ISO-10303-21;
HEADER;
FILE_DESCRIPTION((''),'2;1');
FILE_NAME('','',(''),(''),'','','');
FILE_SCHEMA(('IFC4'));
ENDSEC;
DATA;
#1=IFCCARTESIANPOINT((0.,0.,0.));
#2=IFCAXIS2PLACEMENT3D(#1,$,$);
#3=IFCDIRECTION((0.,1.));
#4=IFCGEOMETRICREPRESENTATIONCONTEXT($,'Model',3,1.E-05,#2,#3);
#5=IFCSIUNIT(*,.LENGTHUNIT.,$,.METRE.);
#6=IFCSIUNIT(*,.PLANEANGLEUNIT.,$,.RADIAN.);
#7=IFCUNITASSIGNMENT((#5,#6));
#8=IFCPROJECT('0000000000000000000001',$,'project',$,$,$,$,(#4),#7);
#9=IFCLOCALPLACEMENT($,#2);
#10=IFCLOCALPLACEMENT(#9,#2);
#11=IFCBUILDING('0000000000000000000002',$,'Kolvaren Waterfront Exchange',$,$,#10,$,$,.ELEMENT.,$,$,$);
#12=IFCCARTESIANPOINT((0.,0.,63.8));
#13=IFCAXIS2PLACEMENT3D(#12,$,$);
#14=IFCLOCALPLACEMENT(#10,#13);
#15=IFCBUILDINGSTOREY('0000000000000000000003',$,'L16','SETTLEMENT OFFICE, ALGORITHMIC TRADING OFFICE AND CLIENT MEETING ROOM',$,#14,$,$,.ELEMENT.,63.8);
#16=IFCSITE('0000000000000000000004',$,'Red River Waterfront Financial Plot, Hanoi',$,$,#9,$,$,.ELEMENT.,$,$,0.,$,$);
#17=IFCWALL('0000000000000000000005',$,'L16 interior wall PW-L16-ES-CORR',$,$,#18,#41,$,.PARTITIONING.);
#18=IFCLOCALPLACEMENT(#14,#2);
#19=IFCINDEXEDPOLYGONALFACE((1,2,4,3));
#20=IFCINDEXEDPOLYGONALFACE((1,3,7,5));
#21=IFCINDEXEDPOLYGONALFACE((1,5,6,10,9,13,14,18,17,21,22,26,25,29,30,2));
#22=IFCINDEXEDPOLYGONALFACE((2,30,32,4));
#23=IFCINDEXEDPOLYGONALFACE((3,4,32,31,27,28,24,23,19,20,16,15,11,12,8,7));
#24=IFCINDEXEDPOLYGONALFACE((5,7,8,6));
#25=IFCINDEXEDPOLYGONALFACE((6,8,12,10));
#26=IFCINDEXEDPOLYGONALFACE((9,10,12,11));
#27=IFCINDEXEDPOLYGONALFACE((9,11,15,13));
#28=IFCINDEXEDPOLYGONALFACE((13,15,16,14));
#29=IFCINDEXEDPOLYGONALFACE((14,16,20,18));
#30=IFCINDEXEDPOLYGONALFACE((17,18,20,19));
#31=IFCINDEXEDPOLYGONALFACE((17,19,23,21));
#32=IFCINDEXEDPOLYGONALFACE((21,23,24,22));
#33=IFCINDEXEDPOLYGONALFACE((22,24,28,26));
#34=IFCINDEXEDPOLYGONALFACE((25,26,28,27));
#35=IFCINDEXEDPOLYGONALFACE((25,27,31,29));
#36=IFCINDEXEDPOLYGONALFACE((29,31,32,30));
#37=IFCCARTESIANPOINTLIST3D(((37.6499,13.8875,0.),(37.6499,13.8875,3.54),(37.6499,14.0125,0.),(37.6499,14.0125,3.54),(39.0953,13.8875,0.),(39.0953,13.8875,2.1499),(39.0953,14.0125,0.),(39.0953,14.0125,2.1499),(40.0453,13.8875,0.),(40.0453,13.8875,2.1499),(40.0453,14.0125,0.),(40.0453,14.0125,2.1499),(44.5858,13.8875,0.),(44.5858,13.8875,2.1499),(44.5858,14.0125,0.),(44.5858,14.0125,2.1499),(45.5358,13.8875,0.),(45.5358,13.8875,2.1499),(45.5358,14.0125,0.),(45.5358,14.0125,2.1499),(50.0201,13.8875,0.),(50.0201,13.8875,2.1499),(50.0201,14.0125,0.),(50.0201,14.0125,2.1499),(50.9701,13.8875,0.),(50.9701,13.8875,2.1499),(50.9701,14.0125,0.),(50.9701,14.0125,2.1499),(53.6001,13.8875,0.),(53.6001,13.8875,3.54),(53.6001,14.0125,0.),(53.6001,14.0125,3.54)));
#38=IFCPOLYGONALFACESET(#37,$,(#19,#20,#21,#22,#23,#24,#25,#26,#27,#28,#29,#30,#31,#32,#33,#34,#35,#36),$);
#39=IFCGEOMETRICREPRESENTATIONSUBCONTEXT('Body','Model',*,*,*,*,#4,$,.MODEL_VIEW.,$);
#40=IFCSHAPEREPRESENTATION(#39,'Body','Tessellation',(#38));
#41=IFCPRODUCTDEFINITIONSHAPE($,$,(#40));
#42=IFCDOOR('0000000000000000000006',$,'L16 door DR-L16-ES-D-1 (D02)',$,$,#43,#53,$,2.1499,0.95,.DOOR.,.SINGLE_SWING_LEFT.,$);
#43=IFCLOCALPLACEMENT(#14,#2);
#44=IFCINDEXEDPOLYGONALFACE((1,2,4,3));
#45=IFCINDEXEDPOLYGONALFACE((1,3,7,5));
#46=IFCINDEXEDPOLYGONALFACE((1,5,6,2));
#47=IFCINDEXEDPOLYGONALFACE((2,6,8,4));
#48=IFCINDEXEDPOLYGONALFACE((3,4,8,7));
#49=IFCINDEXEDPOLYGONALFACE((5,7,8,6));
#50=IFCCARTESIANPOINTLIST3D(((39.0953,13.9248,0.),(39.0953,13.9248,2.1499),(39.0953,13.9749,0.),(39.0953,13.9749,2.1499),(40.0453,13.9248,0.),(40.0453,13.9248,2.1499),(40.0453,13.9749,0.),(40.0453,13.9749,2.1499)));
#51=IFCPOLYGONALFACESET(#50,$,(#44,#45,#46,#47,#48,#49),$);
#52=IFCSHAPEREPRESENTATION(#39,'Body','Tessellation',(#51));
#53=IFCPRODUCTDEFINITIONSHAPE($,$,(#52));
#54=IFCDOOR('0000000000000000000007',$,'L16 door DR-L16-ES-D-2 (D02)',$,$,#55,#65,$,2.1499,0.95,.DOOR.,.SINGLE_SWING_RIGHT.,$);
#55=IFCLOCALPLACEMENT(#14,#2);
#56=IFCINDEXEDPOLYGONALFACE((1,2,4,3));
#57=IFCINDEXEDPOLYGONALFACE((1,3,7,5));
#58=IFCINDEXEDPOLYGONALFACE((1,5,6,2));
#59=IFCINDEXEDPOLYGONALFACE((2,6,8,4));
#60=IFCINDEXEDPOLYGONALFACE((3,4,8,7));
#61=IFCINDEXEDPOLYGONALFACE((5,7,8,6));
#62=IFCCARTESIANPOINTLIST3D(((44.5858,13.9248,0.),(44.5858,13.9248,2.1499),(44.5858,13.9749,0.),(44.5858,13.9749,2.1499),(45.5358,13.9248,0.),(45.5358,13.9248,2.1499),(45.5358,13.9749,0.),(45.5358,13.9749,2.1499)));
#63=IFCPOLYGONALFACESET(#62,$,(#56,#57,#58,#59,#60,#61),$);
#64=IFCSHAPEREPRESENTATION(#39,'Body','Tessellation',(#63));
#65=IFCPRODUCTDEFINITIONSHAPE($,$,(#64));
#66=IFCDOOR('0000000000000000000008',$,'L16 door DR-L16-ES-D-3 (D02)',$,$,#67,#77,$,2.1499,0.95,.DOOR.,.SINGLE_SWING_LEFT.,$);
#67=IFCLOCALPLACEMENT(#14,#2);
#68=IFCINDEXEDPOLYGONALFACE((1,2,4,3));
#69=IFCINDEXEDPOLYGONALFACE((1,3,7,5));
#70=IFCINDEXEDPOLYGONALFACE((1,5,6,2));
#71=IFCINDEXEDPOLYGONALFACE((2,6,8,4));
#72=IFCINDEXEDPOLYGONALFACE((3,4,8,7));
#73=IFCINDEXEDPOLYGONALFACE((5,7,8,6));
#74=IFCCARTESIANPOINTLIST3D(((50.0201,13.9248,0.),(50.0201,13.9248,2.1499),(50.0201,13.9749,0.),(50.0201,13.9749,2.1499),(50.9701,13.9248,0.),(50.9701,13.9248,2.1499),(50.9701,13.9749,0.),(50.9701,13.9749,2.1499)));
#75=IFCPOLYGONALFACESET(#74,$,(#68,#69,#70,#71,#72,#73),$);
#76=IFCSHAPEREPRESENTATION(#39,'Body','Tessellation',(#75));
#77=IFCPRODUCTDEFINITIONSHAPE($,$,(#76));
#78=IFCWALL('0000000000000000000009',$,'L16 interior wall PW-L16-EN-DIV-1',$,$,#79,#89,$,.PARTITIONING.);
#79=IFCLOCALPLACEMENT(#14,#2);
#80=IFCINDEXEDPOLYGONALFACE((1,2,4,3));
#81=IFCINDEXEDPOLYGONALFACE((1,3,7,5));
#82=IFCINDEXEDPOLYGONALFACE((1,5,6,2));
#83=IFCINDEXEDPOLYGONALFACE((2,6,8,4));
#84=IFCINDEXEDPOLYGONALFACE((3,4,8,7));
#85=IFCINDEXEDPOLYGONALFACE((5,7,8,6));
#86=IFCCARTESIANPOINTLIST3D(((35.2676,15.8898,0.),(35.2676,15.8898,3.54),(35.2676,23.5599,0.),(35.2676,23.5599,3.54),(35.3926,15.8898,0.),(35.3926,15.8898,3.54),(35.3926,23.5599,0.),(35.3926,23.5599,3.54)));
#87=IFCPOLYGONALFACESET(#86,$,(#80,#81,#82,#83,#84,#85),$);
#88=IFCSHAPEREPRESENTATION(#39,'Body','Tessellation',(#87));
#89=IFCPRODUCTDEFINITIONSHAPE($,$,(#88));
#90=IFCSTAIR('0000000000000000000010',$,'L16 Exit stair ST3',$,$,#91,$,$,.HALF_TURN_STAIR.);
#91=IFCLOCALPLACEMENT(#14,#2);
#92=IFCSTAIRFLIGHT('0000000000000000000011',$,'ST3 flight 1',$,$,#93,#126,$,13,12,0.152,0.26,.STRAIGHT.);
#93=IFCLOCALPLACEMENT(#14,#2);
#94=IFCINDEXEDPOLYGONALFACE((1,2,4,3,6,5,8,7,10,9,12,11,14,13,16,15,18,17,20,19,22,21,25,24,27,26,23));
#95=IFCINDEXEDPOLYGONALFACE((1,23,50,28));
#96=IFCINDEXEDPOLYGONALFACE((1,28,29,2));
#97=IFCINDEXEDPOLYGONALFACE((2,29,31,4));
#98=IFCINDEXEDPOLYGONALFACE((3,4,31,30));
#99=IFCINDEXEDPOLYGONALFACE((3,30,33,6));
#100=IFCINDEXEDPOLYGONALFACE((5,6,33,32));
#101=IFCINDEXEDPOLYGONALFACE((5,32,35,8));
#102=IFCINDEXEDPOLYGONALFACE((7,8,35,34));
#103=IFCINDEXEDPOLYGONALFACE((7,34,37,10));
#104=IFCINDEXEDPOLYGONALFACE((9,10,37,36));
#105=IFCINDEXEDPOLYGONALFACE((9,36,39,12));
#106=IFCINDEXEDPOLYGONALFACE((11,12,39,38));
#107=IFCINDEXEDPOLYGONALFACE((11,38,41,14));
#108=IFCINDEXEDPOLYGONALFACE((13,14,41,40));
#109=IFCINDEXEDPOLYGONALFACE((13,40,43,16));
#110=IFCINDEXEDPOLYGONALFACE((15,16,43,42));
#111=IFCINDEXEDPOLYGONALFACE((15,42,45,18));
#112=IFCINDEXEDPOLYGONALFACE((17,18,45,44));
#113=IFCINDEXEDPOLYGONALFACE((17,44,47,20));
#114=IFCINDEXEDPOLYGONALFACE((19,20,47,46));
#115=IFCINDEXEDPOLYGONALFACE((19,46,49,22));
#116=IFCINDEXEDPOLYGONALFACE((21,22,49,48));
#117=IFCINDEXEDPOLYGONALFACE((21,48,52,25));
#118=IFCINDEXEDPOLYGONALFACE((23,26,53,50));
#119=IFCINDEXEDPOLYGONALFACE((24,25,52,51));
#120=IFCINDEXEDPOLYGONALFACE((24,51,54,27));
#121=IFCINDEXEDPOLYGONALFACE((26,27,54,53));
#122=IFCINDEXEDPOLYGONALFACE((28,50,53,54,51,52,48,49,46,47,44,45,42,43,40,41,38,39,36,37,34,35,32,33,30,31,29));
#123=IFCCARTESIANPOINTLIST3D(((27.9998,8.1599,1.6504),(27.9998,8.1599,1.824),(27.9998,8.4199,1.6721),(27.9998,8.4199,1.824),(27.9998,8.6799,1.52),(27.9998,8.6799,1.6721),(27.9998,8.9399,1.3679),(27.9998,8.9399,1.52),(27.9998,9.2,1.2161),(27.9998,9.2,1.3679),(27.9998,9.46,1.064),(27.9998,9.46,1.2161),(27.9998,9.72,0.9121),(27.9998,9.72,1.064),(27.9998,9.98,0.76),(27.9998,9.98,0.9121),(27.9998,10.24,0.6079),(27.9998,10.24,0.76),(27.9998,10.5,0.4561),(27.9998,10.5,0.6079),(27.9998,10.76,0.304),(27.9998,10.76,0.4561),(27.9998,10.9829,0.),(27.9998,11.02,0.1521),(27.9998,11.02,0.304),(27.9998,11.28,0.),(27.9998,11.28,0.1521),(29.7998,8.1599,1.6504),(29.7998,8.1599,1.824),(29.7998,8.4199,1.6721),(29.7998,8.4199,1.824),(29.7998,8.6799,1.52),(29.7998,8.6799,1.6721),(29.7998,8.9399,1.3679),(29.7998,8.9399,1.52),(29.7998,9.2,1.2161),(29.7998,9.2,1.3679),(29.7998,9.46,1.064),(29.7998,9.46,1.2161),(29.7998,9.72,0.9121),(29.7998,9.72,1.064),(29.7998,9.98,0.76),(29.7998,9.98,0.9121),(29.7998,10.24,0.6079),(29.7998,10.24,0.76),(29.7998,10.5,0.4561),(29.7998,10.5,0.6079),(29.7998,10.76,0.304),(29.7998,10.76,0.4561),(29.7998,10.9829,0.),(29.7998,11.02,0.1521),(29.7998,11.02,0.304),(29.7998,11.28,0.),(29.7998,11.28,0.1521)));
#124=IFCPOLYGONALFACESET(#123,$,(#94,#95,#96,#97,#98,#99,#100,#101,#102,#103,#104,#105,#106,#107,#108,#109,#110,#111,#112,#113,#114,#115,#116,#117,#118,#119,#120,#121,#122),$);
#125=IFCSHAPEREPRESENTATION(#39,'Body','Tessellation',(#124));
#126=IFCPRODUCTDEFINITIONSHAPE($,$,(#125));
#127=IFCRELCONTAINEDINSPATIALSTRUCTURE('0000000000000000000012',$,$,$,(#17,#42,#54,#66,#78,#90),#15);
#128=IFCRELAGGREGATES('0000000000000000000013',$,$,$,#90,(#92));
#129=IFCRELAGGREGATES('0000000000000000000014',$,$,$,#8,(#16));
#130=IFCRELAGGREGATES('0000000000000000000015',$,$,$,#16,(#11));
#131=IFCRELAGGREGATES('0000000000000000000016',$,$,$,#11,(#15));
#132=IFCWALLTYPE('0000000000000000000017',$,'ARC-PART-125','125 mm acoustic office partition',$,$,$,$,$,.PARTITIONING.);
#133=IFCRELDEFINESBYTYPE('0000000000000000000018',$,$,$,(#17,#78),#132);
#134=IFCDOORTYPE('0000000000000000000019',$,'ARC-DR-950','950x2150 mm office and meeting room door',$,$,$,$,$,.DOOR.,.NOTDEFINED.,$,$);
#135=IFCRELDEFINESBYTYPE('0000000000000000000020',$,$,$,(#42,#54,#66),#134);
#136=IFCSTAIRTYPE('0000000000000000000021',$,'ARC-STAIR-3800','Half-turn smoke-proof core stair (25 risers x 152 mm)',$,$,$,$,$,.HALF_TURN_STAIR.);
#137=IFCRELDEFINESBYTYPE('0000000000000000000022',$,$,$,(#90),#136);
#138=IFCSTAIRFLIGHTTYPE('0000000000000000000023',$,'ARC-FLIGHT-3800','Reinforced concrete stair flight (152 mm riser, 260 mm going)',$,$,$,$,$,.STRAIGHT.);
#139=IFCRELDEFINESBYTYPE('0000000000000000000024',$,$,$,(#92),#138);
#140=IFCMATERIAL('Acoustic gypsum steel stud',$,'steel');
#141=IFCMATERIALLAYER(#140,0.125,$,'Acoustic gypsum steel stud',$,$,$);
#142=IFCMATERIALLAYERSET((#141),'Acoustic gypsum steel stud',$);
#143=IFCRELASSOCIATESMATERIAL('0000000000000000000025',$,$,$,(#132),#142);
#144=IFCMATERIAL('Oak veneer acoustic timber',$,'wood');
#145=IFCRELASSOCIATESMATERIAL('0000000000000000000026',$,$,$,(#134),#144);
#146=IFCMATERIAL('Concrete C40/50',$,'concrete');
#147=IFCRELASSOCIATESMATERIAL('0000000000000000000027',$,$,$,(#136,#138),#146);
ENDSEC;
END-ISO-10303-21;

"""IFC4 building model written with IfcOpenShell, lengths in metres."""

from ifc_helpers import new_model, si_unit, direction, frame, frame_2d, origin, place, context, subcontext, project, spatial, polyline, rectangle, outline, extrude, material, layer, layer_set, type_object, element, fill, aggregate, save


model = new_model("IFC4")

# Units and contexts
model_context = context("Model", 3, precision=1e-05, world=origin(), true_north=direction((0.0, 1.0)))
body_context = subcontext(model_context, "Body", "Model", "MODEL_VIEW")
ifc_project = project(units=[si_unit("LENGTHUNIT", "METRE"), si_unit("PLANEANGLEUNIT", "RADIAN")], contexts=[model_context])

# Site, building, storey
site_placement = place(None, origin())
site = spatial("IfcSite", under=ifc_project, at=site_placement, Name="Red River Waterfront Financial Plot, Hanoi", CompositionType="ELEMENT", RefElevation=0.0)
building_placement = place(site_placement, origin())
building = spatial("IfcBuilding", under=site, at=building_placement, Name="Kolvaren Waterfront Exchange", CompositionType="ELEMENT")
storey_placement = place(building_placement, frame((0.0, 0.0, 63.8)))
storey = spatial("IfcBuildingStorey", under=building, at=storey_placement, Name="L16", Description="SETTLEMENT OFFICE, ALGORITHMIC TRADING OFFICE AND CLIENT MEETING ROOM", CompositionType="ELEMENT", Elevation=63.8)

# Wall, openings, doors
ifc_material_1 = material(Name="Acoustic gypsum steel stud", Category="steel")
ifc_layer_1 = layer(ifc_material_1, 0.125, Name="Acoustic gypsum steel stud")
ifc_layer_set_1 = layer_set([ifc_layer_1], Name="Acoustic gypsum steel stud")
wall_type_1 = type_object("IfcWallType", Name="ARC-PART-125", Description="125 mm acoustic office partition", PredefinedType="PARTITIONING", material=ifc_layer_set_1)
wall_1_placement = place(storey_placement, frame((37.6499, 13.95, 0.0), z_axis=(0.0, 0.0, 1.0), x_axis=(1.0, 0.0, 0.0)))
wall_1 = element("IfcWall", 1, at=wall_1_placement, inside=storey, type_object=wall_type_1, Name="L16 interior wall PW-L16-ES-CORR", PredefinedType="PARTITIONING", context=body_context, shape_type="SweptSolid", body=[
    extrude(rectangle(XDim=15.9502, YDim=0.125, at=frame_2d((7.9751, 0.0))), origin(), (0.0, 0.0, 1.0), 3.54),
])
opening_1_placement = place(wall_1_placement, frame((1.4453, 0.0, 0.0)))
opening_1 = element("IfcOpeningElement", 2, at=opening_1_placement, cuts=wall_1, PredefinedType="OPENING", context=body_context, shape_type="SweptSolid", body=[
    extrude(rectangle(XDim=0.95, YDim=2.1499, at=frame_2d((0.4751, 1.075))), frame((0.0, 0.0725, 0.0), z_axis=(0.0, -1.0, 0.0), x_axis=(1.0, 0.0, 0.0)), (0.0, 0.0, 1.0), 0.145),
])
opening_2_placement = place(wall_1_placement, frame((6.9358, 0.0, 0.0)))
opening_2 = element("IfcOpeningElement", 3, at=opening_2_placement, cuts=wall_1, PredefinedType="OPENING", context=body_context, shape_type="SweptSolid", body=[
    extrude(rectangle(XDim=0.95, YDim=2.1499, at=frame_2d((0.4751, 1.075))), frame((0.0, 0.0725, 0.0), z_axis=(0.0, -1.0, 0.0), x_axis=(1.0, 0.0, 0.0)), (0.0, 0.0, 1.0), 0.145),
])
opening_3_placement = place(wall_1_placement, frame((12.3701, 0.0, 0.0)))
opening_3 = element("IfcOpeningElement", 4, at=opening_3_placement, cuts=wall_1, PredefinedType="OPENING", context=body_context, shape_type="SweptSolid", body=[
    extrude(rectangle(XDim=0.95, YDim=2.1499, at=frame_2d((0.4751, 1.075))), frame((0.0, 0.0725, 0.0), z_axis=(0.0, -1.0, 0.0), x_axis=(1.0, 0.0, 0.0)), (0.0, 0.0, 1.0), 0.145),
])
ifc_material_2 = material(Name="Oak veneer acoustic timber", Category="wood")
door_type_1 = type_object("IfcDoorType", Name="ARC-DR-950", Description="950x2150 mm office and meeting room door", OperationType="NOTDEFINED", PredefinedType="DOOR", material=ifc_material_2)
door_1_placement = place(opening_1_placement, origin())
door_1 = element("IfcDoor", 5, at=door_1_placement, inside=storey, type_object=door_type_1, Name="L16 door DR-L16-ES-D-1 (D02)", OperationType="SINGLE_SWING_LEFT", OverallHeight=2.1499, OverallWidth=0.95, PredefinedType="DOOR", context=body_context, shape_type="SweptSolid", body=[
    extrude(rectangle(XDim=0.95, YDim=2.1499, at=frame_2d((0.4751, 1.075))), frame((0.0, 0.0249, 0.0), z_axis=(0.0, -1.0, 0.0), x_axis=(1.0, 0.0, 0.0)), (0.0, 0.0, 1.0), 0.05),
])
fill(opening_1, door_1)
door_2_placement = place(opening_2_placement, origin())
door_2 = element("IfcDoor", 6, at=door_2_placement, inside=storey, type_object=door_type_1, Name="L16 door DR-L16-ES-D-2 (D02)", OperationType="SINGLE_SWING_RIGHT", OverallHeight=2.1499, OverallWidth=0.95, PredefinedType="DOOR", context=body_context, shape_type="SweptSolid", body=[
    extrude(rectangle(XDim=0.95, YDim=2.1499, at=frame_2d((0.4751, 1.075))), frame((0.0, 0.0249, 0.0), z_axis=(0.0, -1.0, 0.0), x_axis=(1.0, 0.0, 0.0)), (0.0, 0.0, 1.0), 0.05),
])
fill(opening_2, door_2)
door_3_placement = place(opening_3_placement, origin())
door_3 = element("IfcDoor", 7, at=door_3_placement, inside=storey, type_object=door_type_1, Name="L16 door DR-L16-ES-D-3 (D02)", OperationType="SINGLE_SWING_LEFT", OverallHeight=2.1499, OverallWidth=0.95, PredefinedType="DOOR", context=body_context, shape_type="SweptSolid", body=[
    extrude(rectangle(XDim=0.95, YDim=2.1499, at=frame_2d((0.4751, 1.075))), frame((0.0, 0.0249, 0.0), z_axis=(0.0, -1.0, 0.0), x_axis=(1.0, 0.0, 0.0)), (0.0, 0.0, 1.0), 0.05),
])
fill(opening_3, door_3)

# Wall
wall_2_placement = place(storey_placement, frame((35.3301, 15.8899, 0.0), z_axis=(0.0, 0.0, 1.0), x_axis=(0.0, 1.0, 0.0)))
element("IfcWall", 8, at=wall_2_placement, inside=storey, type_object=wall_type_1, Name="L16 interior wall PW-L16-EN-DIV-1", PredefinedType="PARTITIONING", context=body_context, shape_type="SweptSolid", body=[
    extrude(rectangle(XDim=7.6702, YDim=0.125, at=frame_2d((3.835, 0.0))), origin(), (0.0, 0.0, 1.0), 3.54),
])

# Stair, stair flight
ifc_material_3 = material(Name="Concrete C40/50", Category="concrete")
stair_type = type_object("IfcStairType", Name="ARC-STAIR-3800", Description="Half-turn smoke-proof core stair (25 risers x 152 mm)", PredefinedType="HALF_TURN_STAIR", material=ifc_material_3)
stair_placement = place(storey_placement, origin())
stair = element("IfcStair", 9, at=stair_placement, inside=storey, type_object=stair_type, Name="L16 Exit stair ST3", PredefinedType="HALF_TURN_STAIR")
stair_flight_type = type_object("IfcStairFlightType", Name="ARC-FLIGHT-3800", Description="Reinforced concrete stair flight (152 mm riser, 260 mm going)", PredefinedType="STRAIGHT", material=ifc_material_3)
stair_flight_placement = place(storey_placement, frame((28.8999, 11.28, 0.0), z_axis=(0.0, 0.0, 1.0), x_axis=(0.0, -1.0, 0.0)))
stair_flight = element("IfcStairFlight", 10, at=stair_flight_placement, type_object=stair_flight_type, Name="ST3 flight 1", NumberOfRisers=13, NumberOfTreads=12, PredefinedType="STRAIGHT", RiserHeight=0.152, TreadLength=0.26, context=body_context, shape_type="SweptSolid", body=[
    extrude(outline(polyline([(0.0, 0.0), (0.0, 0.1521), (0.26, 0.1521), (0.26, 0.304), (0.52, 0.304), (0.52, 0.4561), (0.78, 0.4561), (0.78, 0.6079), (1.04, 0.6079), (1.04, 0.76), (1.3, 0.76), (1.3, 0.9121), (1.5601, 0.9121), (1.5601, 1.064), (1.8201, 1.064), (1.8201, 1.2161), (2.0801, 1.2161), (2.0801, 1.3679), (2.3401, 1.3679), (2.3401, 1.52), (2.6001, 1.52), (2.6001, 1.6721), (2.8601, 1.6721), (2.8601, 1.824), (3.1201, 1.824), (3.1201, 1.9761), (3.1201, 1.6504), (0.2971, 0.0), (0.0, 0.0)])), frame((0.0, 0.8999, 0.0), z_axis=(0.0, -1.0, 0.0), x_axis=(1.0, 0.0, 0.0)), (0.0, 0.0, 1.0), 1.8),
])
aggregate(stair, [stair_flight])

save(model, "model.ifc")
